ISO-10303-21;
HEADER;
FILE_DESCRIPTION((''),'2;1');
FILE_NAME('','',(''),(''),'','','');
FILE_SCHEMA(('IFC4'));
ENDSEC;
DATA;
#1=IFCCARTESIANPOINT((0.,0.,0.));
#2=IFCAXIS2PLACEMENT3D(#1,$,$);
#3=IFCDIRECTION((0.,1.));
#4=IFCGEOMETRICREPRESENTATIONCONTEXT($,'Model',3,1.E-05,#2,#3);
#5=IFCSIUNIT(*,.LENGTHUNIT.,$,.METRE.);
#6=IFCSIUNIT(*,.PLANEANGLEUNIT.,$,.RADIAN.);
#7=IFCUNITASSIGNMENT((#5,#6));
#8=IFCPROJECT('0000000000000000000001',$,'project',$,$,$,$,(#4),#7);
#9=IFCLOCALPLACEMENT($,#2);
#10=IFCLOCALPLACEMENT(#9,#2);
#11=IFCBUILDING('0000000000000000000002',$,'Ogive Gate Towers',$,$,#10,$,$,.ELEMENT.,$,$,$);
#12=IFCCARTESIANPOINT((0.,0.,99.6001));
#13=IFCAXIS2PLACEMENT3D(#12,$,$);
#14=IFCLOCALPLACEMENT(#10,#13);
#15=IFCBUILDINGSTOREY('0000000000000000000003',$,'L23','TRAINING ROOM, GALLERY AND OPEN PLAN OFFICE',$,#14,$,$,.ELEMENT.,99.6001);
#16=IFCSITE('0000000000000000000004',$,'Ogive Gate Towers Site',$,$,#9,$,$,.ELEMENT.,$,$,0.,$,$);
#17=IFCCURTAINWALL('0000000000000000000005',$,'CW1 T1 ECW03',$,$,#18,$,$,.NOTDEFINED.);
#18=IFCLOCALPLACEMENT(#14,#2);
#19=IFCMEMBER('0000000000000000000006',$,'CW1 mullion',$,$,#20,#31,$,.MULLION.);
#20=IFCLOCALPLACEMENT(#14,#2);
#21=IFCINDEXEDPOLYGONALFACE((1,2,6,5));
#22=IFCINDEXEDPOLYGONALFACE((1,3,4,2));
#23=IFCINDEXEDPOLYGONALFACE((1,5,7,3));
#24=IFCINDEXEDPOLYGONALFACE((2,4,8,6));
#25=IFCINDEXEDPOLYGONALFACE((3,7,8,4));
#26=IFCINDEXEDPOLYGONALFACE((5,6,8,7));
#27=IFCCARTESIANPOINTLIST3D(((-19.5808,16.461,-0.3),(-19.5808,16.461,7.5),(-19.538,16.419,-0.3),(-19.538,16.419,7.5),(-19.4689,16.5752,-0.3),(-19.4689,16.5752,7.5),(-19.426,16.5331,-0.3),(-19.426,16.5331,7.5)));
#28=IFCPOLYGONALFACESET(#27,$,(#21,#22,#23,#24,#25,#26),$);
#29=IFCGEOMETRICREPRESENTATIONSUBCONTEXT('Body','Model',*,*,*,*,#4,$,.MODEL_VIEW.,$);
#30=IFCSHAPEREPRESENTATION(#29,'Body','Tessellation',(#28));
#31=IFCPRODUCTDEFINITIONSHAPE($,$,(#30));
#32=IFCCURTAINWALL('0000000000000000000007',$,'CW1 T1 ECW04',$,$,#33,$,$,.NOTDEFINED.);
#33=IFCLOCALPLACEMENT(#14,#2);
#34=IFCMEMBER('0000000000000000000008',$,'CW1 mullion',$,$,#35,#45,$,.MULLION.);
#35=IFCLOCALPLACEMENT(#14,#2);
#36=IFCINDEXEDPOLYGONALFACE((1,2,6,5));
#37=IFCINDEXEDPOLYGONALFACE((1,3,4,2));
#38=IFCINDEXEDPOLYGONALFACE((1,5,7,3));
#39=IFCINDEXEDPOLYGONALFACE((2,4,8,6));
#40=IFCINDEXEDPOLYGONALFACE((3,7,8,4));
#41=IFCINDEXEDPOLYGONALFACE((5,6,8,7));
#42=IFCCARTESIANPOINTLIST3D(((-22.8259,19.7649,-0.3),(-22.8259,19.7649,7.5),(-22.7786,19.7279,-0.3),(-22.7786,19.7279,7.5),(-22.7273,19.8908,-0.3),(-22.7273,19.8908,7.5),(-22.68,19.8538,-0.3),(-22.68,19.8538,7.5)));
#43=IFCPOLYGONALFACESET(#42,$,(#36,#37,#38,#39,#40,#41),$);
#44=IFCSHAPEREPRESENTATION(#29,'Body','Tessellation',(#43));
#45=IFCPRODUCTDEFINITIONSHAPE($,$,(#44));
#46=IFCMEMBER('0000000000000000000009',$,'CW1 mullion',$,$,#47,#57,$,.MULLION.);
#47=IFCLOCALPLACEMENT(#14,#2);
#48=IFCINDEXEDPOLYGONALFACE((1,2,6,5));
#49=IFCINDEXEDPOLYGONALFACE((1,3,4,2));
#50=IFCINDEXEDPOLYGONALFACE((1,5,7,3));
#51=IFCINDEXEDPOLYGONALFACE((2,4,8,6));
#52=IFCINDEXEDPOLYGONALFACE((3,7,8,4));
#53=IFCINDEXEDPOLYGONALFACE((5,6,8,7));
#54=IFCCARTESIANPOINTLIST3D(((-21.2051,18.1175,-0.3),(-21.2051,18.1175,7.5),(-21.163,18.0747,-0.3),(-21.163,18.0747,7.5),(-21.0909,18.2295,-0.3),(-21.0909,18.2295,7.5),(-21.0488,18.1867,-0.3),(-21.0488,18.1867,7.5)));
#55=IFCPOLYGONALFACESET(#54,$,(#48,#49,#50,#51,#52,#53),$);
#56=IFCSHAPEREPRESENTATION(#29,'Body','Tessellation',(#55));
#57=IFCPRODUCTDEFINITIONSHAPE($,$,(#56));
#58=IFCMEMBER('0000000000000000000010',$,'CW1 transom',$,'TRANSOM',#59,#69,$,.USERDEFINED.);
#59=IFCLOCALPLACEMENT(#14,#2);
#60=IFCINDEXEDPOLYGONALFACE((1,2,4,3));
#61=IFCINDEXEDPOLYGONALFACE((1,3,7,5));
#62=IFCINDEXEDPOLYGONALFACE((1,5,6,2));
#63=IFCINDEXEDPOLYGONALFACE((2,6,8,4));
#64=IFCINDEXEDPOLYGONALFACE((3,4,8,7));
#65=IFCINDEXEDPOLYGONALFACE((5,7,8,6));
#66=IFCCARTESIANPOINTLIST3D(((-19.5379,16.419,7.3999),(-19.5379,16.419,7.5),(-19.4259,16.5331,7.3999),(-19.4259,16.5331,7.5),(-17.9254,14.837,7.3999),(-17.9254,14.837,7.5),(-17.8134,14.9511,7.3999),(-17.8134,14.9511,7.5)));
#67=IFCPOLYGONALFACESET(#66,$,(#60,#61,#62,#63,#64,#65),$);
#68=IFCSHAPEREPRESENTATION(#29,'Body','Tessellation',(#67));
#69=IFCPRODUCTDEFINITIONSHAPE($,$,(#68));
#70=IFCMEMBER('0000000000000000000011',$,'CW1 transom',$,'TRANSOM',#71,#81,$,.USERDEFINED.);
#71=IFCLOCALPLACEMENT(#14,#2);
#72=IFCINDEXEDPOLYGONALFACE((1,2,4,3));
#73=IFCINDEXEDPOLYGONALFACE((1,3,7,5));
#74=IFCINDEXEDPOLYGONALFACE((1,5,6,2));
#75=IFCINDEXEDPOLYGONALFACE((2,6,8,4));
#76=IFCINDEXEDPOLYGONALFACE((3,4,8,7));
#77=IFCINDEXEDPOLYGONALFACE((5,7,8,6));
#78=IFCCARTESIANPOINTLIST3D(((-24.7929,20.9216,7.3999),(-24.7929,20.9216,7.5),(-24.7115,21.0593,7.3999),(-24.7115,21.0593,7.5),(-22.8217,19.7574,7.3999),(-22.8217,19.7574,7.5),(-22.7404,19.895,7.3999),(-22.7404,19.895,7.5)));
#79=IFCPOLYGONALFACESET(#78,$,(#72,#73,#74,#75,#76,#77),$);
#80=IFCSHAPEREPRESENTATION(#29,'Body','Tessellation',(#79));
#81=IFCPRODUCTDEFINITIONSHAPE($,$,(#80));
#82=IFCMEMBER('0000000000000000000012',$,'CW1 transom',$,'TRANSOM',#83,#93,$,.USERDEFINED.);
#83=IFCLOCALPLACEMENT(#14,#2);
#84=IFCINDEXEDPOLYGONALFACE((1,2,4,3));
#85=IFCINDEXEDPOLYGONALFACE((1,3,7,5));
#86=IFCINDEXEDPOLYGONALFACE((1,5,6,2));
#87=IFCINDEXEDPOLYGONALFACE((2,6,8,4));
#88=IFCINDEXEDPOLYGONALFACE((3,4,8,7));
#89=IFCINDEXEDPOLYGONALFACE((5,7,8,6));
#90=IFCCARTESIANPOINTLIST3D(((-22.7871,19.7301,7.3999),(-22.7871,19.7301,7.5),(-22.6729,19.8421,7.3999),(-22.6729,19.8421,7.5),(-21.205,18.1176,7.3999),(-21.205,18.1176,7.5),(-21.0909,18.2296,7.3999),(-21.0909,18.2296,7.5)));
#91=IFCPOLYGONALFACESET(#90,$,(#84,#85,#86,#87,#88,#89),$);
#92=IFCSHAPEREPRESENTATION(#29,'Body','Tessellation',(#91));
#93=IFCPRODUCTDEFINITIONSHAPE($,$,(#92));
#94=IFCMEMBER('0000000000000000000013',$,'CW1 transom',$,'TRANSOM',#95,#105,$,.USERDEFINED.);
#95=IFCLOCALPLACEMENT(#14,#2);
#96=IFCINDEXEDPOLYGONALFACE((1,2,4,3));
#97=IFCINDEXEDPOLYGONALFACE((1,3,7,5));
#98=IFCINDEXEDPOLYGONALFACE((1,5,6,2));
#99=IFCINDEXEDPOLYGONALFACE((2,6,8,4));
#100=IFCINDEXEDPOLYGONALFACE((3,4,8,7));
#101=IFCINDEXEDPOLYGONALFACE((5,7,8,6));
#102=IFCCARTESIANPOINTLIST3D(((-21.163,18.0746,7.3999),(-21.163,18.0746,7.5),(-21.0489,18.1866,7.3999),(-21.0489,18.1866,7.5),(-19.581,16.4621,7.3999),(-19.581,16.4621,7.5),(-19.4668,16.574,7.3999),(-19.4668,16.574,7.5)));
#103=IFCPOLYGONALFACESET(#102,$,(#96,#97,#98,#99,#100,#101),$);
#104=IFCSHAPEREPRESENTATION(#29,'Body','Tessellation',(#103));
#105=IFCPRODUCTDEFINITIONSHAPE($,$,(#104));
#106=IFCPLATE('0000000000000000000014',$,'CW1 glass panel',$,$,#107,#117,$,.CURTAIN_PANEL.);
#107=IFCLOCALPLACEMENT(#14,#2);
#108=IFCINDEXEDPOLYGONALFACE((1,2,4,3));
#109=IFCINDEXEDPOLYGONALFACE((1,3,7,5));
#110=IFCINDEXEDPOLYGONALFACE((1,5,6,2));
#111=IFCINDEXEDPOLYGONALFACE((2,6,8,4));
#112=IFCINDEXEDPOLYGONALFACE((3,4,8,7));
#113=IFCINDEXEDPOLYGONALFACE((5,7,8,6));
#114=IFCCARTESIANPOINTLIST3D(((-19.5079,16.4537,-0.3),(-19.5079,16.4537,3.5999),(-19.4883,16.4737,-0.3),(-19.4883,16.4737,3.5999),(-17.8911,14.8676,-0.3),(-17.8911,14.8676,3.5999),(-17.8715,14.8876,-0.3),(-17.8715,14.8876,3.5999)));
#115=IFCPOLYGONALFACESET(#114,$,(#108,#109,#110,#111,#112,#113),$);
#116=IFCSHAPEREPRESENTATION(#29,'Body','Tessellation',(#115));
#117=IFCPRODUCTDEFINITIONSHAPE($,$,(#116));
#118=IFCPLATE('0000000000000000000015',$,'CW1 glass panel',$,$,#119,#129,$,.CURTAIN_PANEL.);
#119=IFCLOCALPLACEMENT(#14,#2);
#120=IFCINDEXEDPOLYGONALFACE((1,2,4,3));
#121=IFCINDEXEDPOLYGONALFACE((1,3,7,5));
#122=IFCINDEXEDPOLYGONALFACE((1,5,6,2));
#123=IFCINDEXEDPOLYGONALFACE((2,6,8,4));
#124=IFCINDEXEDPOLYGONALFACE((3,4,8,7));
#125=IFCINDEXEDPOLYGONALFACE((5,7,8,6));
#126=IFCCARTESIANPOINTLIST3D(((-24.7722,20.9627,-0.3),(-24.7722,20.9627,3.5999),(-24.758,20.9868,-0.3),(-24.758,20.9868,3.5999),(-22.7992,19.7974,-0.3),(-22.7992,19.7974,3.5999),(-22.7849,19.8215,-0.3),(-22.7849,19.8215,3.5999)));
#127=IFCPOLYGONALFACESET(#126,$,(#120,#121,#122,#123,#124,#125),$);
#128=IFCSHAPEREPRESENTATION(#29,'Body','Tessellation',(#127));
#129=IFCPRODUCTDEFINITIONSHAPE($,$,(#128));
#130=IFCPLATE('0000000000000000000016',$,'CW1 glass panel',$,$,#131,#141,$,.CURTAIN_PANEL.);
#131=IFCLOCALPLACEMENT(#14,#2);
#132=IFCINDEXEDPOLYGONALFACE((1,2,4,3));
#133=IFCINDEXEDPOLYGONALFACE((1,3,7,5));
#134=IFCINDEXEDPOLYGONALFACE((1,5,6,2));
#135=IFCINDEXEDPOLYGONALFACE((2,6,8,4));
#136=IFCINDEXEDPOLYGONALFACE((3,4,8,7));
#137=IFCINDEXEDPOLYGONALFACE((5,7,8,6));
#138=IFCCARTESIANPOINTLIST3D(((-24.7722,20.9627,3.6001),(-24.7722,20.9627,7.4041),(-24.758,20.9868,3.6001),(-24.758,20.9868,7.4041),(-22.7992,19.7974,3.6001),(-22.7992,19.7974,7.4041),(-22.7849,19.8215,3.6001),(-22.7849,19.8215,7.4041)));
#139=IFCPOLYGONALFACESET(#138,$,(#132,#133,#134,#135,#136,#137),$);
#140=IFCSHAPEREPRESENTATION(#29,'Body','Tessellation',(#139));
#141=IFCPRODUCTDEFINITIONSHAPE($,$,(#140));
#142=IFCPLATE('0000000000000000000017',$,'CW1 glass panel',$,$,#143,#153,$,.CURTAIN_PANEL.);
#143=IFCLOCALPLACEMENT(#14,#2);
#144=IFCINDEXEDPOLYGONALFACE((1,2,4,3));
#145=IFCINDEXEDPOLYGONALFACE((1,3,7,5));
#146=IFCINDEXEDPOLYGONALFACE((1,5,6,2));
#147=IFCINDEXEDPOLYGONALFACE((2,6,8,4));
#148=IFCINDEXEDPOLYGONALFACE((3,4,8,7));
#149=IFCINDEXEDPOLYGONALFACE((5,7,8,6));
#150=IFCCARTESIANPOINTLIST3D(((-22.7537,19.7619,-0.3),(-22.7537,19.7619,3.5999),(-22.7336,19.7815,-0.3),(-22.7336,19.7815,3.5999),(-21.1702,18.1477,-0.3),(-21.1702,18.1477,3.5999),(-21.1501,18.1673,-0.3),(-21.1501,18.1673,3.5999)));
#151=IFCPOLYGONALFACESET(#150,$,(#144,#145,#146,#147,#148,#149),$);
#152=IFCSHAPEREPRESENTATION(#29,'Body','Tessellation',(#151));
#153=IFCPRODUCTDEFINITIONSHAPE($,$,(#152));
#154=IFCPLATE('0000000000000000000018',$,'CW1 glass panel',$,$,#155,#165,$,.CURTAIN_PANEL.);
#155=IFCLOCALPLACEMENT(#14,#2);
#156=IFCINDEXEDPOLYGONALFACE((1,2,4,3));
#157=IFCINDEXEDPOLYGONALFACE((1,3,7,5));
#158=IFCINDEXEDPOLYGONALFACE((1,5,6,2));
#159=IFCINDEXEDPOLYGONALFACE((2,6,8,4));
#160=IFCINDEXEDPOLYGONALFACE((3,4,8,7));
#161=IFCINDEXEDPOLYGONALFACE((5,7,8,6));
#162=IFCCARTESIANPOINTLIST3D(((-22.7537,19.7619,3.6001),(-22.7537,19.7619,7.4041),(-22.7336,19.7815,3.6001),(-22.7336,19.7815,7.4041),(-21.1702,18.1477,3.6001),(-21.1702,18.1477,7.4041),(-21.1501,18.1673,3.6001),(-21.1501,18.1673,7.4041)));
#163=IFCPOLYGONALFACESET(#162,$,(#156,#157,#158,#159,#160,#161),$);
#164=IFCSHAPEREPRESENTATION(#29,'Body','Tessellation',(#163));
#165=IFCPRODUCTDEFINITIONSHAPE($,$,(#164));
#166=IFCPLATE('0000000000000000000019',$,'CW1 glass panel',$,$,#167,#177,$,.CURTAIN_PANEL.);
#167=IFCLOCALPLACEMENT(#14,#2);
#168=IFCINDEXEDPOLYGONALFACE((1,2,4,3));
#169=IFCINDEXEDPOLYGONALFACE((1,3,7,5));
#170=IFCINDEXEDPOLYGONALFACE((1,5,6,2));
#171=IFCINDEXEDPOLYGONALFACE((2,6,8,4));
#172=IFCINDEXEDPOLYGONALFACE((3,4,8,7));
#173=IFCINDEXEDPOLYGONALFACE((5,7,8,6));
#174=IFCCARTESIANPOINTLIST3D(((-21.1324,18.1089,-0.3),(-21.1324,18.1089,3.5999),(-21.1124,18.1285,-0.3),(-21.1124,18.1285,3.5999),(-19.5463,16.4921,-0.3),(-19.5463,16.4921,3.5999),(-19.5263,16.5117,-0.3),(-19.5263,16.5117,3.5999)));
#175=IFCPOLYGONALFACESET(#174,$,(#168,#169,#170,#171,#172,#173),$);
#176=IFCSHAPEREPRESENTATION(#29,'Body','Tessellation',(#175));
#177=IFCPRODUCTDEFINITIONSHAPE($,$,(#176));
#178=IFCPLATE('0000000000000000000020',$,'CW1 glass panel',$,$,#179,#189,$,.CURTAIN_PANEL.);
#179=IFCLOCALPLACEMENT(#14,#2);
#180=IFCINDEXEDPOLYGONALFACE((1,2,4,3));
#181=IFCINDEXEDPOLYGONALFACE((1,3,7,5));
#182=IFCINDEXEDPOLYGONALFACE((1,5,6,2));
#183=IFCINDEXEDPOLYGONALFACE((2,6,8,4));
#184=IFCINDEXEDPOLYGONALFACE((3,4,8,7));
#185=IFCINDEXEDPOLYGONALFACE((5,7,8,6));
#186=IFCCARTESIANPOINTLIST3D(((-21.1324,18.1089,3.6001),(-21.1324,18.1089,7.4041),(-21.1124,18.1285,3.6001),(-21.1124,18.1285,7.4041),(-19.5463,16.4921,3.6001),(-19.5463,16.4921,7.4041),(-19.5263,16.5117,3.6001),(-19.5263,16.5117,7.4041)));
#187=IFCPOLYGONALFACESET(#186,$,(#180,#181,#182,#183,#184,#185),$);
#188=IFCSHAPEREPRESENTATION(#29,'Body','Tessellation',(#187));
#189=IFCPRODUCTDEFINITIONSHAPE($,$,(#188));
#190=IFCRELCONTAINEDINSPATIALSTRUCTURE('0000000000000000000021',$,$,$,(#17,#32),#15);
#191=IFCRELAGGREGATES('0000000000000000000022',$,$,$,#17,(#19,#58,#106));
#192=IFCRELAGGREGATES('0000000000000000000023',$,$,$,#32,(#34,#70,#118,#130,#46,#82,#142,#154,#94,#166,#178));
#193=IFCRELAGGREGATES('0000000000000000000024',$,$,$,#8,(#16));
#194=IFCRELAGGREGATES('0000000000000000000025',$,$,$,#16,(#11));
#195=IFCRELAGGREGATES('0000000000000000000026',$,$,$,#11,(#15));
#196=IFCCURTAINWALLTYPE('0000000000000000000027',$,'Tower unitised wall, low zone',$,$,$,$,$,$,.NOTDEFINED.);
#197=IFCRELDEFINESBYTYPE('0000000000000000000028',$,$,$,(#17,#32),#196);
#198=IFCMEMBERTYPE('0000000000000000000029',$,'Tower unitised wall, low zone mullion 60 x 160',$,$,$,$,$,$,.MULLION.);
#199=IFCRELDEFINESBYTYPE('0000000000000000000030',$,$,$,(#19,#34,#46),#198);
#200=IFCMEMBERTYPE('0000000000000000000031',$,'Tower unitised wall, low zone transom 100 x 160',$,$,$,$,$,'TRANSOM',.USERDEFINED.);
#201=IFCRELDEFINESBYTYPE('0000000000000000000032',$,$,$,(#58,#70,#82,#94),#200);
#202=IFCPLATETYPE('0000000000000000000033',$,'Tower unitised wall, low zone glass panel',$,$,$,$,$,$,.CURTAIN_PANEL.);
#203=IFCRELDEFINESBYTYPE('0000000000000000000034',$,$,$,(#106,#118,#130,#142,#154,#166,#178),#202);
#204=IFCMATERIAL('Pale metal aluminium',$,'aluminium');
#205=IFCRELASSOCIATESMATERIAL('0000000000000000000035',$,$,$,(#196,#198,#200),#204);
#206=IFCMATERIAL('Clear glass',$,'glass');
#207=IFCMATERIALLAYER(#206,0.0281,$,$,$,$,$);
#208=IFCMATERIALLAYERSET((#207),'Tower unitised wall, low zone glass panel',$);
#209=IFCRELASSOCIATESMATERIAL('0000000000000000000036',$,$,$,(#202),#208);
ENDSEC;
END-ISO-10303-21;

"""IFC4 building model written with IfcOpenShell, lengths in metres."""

from ifc_helpers import new_model, si_unit, direction, frame, origin, origin_2d, place, context, subcontext, project, spatial, rectangle, extrude, material, layer, layer_set, material_profile, profile_set, type_object, element, aggregate, save


model = new_model("IFC4")

# Units and contexts
model_context = context("Model", 3, precision=1e-05, world=origin(), true_north=direction((0.0, 1.0)))
body_context = subcontext(model_context, "Body", "Model", "MODEL_VIEW")
ifc_project = project(units=[si_unit("LENGTHUNIT", "METRE"), si_unit("PLANEANGLEUNIT", "RADIAN")], contexts=[model_context])

# Site, building, storey
site_placement = place(None, origin())
site = spatial("IfcSite", under=ifc_project, at=site_placement, Name="Ogive Gate Towers Site", CompositionType="ELEMENT", RefElevation=0.0)
building_placement = place(site_placement, origin())
building = spatial("IfcBuilding", under=site, at=building_placement, Name="Ogive Gate Towers", CompositionType="ELEMENT")
storey_placement = place(building_placement, frame((0.0, 0.0, 99.6001)))
storey = spatial("IfcBuildingStorey", under=building, at=storey_placement, Name="L23", Description="TRAINING ROOM, GALLERY AND OPEN PLAN OFFICE", CompositionType="ELEMENT", Elevation=99.6001)

# Curtain wall, member
ifc_material_1 = material(Name="Pale metal aluminium", Category="aluminium")
curtain_wall_type = type_object("IfcCurtainWallType", Name="Tower unitised wall, low zone", PredefinedType="NOTDEFINED", material=ifc_material_1)
curtain_wall_1_placement = place(storey_placement, origin())
curtain_wall_1 = element("IfcCurtainWall", 1, at=curtain_wall_1_placement, inside=storey, type_object=curtain_wall_type, Name="CW1 T1 ECW03", PredefinedType="NOTDEFINED")
ifc_material_profile_1 = material_profile(ifc_material_1, rectangle(XDim=0.1599, YDim=0.0601, at=origin_2d()), Name="60 x 160 aluminium box")
ifc_profile_set_1 = profile_set([ifc_material_profile_1], Name="Pale metal aluminium")
member_type_1 = type_object("IfcMemberType", Name="Tower unitised wall, low zone mullion 60 x 160", PredefinedType="MULLION", material=ifc_profile_set_1)
member_1_placement = place(storey_placement, frame((-19.5034, 16.4971, -0.3), z_axis=(0.0, 0.0, 1.0), x_axis=(-0.700299, -0.71385, 0.0)))
member_1 = element("IfcMember", 2, at=member_1_placement, type_object=member_type_1, Name="CW1 mullion", PredefinedType="MULLION", context=body_context, shape_type="SweptSolid", body=[
    extrude(rectangle(XDim=0.1599, YDim=0.0601, at=origin_2d()), origin(), (0.0, 0.0, 1.0), 7.8),
])

# Curtain wall, members
curtain_wall_2_placement = place(storey_placement, origin())
curtain_wall_2 = element("IfcCurtainWall", 3, at=curtain_wall_2_placement, inside=storey, type_object=curtain_wall_type, Name="CW1 T1 ECW04", PredefinedType="NOTDEFINED")
member_2_placement = place(storey_placement, frame((-22.7529, 19.8093, -0.3), z_axis=(0.0, 0.0, 1.0), x_axis=(-0.616459, -0.787387, 0.0)))
member_2 = element("IfcMember", 4, at=member_2_placement, type_object=member_type_1, Name="CW1 mullion", PredefinedType="MULLION", context=body_context, shape_type="SweptSolid", body=[
    extrude(rectangle(XDim=0.1599, YDim=0.0601, at=origin_2d()), origin(), (0.0, 0.0, 1.0), 7.8),
])
member_3_placement = place(storey_placement, frame((-21.127, 18.1521, -0.3), z_axis=(0.0, 0.0, 1.0), x_axis=(-0.71385, -0.700299, 0.0)))
member_3 = element("IfcMember", 5, at=member_3_placement, type_object=member_type_1, Name="CW1 mullion", PredefinedType="MULLION", context=body_context, shape_type="SweptSolid", body=[
    extrude(rectangle(XDim=0.1599, YDim=0.0601, at=origin_2d()), origin(), (0.0, 0.0, 1.0), 7.8),
])

# Members
ifc_material_profile_2 = material_profile(ifc_material_1, rectangle(XDim=0.1599, YDim=0.1001, at=origin_2d()), Name="100 x 160 aluminium box")
ifc_profile_set_2 = profile_set([ifc_material_profile_2], Name="Pale metal aluminium")
member_type_2 = type_object("IfcMemberType", Name="Tower unitised wall, low zone transom 100 x 160", ElementType="TRANSOM", PredefinedType="USERDEFINED", material=ifc_profile_set_2)
member_4_placement = place(storey_placement, frame((-19.4819, 16.4761, 7.45), z_axis=(0.713829, -0.70032, 0.0), x_axis=(0.70032, 0.713829, 0.0)))
member_4 = element("IfcMember", 6, at=member_4_placement, type_object=member_type_2, Name="CW1 transom", ObjectType="TRANSOM", PredefinedType="USERDEFINED", context=body_context, shape_type="SweptSolid", body=[
    extrude(rectangle(XDim=0.1599, YDim=0.1001, at=origin_2d()), origin(), (0.0, 0.0, 1.0), 2.259),
])
member_5_placement = place(storey_placement, frame((-24.7522, 20.9905, 7.45), z_axis=(0.86102, -0.508571, 0.0), x_axis=(0.508571, 0.86102, 0.0)))
member_5 = element("IfcMember", 7, at=member_5_placement, type_object=member_type_2, Name="CW1 transom", ObjectType="TRANSOM", PredefinedType="USERDEFINED", context=body_context, shape_type="SweptSolid", body=[
    extrude(rectangle(XDim=0.1599, YDim=0.1001, at=origin_2d()), origin(), (0.0, 0.0, 1.0), 2.2893),
])
member_6_placement = place(storey_placement, frame((-22.73, 19.7861, 7.45), z_axis=(0.70032, -0.713829, 0.0), x_axis=(0.713829, 0.70032, 0.0)))
member_6 = element("IfcMember", 8, at=member_6_placement, type_object=member_type_2, Name="CW1 transom", ObjectType="TRANSOM", PredefinedType="USERDEFINED", context=body_context, shape_type="SweptSolid", body=[
    extrude(rectangle(XDim=0.1599, YDim=0.1001, at=origin_2d()), origin(), (0.0, 0.0, 1.0), 2.259),
])
member_7_placement = place(storey_placement, frame((-21.106, 18.1306, 7.45), z_axis=(0.70032, -0.713829, 0.0), x_axis=(0.713829, 0.70032, 0.0)))
member_7 = element("IfcMember", 9, at=member_7_placement, type_object=member_type_2, Name="CW1 transom", ObjectType="TRANSOM", PredefinedType="USERDEFINED", context=body_context, shape_type="SweptSolid", body=[
    extrude(rectangle(XDim=0.1599, YDim=0.1001, at=origin_2d()), origin(), (0.0, 0.0, 1.0), 2.259),
])

# Plates
ifc_material_2 = material(Name="Clear glass", Category="glass")
ifc_layer_1 = layer(ifc_material_2, 0.0281)
ifc_layer_set_1 = layer_set([ifc_layer_1], Name="Tower unitised wall, low zone glass panel")
plate_type = type_object("IfcPlateType", Name="Tower unitised wall, low zone glass panel", PredefinedType="CURTAIN_PANEL", material=ifc_layer_set_1)
plate_1_placement = place(storey_placement, frame((-18.6897, 15.6707, -0.3), z_axis=(0.0, 0.0, 1.0), x_axis=(0.71385, -0.700299, 0.0)))
plate_1 = element("IfcPlate", 10, at=plate_1_placement, type_object=plate_type, Name="CW1 glass panel", PredefinedType="CURTAIN_PANEL", context=body_context, shape_type="SweptSolid", body=[
    extrude(rectangle(XDim=2.2649, YDim=0.0281, at=origin_2d()), origin(), (0.0, 0.0, 1.0), 3.8999),
])
aggregate(curtain_wall_1, [member_1, member_4, plate_1])
plate_2_placement = place(storey_placement, frame((-23.7786, 20.3921, -0.3), z_axis=(0.0, 0.0, 1.0), x_axis=(0.861044, -0.508531, 0.0)))
plate_2 = element("IfcPlate", 11, at=plate_2_placement, type_object=plate_type, Name="CW1 glass panel", PredefinedType="CURTAIN_PANEL", context=body_context, shape_type="SweptSolid", body=[
    extrude(rectangle(XDim=2.2915, YDim=0.0281, at=origin_2d()), origin(), (0.0, 0.0, 1.0), 3.8999),
])
plate_3_placement = place(storey_placement, frame((-23.7786, 20.3921, 3.6001), z_axis=(0.0, 0.0, 1.0), x_axis=(0.861044, -0.508531, 0.0)))
plate_3 = element("IfcPlate", 12, at=plate_3_placement, type_object=plate_type, Name="CW1 glass panel", PredefinedType="CURTAIN_PANEL", context=body_context, shape_type="SweptSolid", body=[
    extrude(rectangle(XDim=2.2915, YDim=0.0281, at=origin_2d()), origin(), (0.0, 0.0, 1.0), 3.804),
])
plate_4_placement = place(storey_placement, frame((-21.9519, 18.9646, -0.3), z_axis=(0.0, 0.0, 1.0), x_axis=(0.700287, -0.713862, 0.0)))
plate_4 = element("IfcPlate", 13, at=plate_4_placement, type_object=plate_type, Name="CW1 glass panel", PredefinedType="CURTAIN_PANEL", context=body_context, shape_type="SweptSolid", body=[
    extrude(rectangle(XDim=2.2612, YDim=0.0281, at=origin_2d()), origin(), (0.0, 0.0, 1.0), 3.8999),
])
plate_5_placement = place(storey_placement, frame((-21.9519, 18.9646, 3.6001), z_axis=(0.0, 0.0, 1.0), x_axis=(0.700287, -0.713862, 0.0)))
plate_5 = element("IfcPlate", 14, at=plate_5_placement, type_object=plate_type, Name="CW1 glass panel", PredefinedType="CURTAIN_PANEL", context=body_context, shape_type="SweptSolid", body=[
    extrude(rectangle(XDim=2.2612, YDim=0.0281, at=origin_2d()), origin(), (0.0, 0.0, 1.0), 3.804),
])
plate_6_placement = place(storey_placement, frame((-20.3293, 17.3103, -0.3), z_axis=(0.0, 0.0, 1.0), x_axis=(0.700299, -0.71385, 0.0)))
plate_6 = element("IfcPlate", 15, at=plate_6_placement, type_object=plate_type, Name="CW1 glass panel", PredefinedType="CURTAIN_PANEL", context=body_context, shape_type="SweptSolid", body=[
    extrude(rectangle(XDim=2.2649, YDim=0.0281, at=origin_2d()), origin(), (0.0, 0.0, 1.0), 3.8999),
])
plate_7_placement = place(storey_placement, frame((-20.3293, 17.3103, 3.6001), z_axis=(0.0, 0.0, 1.0), x_axis=(0.700299, -0.71385, 0.0)))
plate_7 = element("IfcPlate", 16, at=plate_7_placement, type_object=plate_type, Name="CW1 glass panel", PredefinedType="CURTAIN_PANEL", context=body_context, shape_type="SweptSolid", body=[
    extrude(rectangle(XDim=2.2649, YDim=0.0281, at=origin_2d()), origin(), (0.0, 0.0, 1.0), 3.804),
])
aggregate(curtain_wall_2, [member_2, member_5, plate_2, plate_3, member_3, member_6, plate_4, plate_5, member_7, plate_6, plate_7])

save(model, "model.ifc")
